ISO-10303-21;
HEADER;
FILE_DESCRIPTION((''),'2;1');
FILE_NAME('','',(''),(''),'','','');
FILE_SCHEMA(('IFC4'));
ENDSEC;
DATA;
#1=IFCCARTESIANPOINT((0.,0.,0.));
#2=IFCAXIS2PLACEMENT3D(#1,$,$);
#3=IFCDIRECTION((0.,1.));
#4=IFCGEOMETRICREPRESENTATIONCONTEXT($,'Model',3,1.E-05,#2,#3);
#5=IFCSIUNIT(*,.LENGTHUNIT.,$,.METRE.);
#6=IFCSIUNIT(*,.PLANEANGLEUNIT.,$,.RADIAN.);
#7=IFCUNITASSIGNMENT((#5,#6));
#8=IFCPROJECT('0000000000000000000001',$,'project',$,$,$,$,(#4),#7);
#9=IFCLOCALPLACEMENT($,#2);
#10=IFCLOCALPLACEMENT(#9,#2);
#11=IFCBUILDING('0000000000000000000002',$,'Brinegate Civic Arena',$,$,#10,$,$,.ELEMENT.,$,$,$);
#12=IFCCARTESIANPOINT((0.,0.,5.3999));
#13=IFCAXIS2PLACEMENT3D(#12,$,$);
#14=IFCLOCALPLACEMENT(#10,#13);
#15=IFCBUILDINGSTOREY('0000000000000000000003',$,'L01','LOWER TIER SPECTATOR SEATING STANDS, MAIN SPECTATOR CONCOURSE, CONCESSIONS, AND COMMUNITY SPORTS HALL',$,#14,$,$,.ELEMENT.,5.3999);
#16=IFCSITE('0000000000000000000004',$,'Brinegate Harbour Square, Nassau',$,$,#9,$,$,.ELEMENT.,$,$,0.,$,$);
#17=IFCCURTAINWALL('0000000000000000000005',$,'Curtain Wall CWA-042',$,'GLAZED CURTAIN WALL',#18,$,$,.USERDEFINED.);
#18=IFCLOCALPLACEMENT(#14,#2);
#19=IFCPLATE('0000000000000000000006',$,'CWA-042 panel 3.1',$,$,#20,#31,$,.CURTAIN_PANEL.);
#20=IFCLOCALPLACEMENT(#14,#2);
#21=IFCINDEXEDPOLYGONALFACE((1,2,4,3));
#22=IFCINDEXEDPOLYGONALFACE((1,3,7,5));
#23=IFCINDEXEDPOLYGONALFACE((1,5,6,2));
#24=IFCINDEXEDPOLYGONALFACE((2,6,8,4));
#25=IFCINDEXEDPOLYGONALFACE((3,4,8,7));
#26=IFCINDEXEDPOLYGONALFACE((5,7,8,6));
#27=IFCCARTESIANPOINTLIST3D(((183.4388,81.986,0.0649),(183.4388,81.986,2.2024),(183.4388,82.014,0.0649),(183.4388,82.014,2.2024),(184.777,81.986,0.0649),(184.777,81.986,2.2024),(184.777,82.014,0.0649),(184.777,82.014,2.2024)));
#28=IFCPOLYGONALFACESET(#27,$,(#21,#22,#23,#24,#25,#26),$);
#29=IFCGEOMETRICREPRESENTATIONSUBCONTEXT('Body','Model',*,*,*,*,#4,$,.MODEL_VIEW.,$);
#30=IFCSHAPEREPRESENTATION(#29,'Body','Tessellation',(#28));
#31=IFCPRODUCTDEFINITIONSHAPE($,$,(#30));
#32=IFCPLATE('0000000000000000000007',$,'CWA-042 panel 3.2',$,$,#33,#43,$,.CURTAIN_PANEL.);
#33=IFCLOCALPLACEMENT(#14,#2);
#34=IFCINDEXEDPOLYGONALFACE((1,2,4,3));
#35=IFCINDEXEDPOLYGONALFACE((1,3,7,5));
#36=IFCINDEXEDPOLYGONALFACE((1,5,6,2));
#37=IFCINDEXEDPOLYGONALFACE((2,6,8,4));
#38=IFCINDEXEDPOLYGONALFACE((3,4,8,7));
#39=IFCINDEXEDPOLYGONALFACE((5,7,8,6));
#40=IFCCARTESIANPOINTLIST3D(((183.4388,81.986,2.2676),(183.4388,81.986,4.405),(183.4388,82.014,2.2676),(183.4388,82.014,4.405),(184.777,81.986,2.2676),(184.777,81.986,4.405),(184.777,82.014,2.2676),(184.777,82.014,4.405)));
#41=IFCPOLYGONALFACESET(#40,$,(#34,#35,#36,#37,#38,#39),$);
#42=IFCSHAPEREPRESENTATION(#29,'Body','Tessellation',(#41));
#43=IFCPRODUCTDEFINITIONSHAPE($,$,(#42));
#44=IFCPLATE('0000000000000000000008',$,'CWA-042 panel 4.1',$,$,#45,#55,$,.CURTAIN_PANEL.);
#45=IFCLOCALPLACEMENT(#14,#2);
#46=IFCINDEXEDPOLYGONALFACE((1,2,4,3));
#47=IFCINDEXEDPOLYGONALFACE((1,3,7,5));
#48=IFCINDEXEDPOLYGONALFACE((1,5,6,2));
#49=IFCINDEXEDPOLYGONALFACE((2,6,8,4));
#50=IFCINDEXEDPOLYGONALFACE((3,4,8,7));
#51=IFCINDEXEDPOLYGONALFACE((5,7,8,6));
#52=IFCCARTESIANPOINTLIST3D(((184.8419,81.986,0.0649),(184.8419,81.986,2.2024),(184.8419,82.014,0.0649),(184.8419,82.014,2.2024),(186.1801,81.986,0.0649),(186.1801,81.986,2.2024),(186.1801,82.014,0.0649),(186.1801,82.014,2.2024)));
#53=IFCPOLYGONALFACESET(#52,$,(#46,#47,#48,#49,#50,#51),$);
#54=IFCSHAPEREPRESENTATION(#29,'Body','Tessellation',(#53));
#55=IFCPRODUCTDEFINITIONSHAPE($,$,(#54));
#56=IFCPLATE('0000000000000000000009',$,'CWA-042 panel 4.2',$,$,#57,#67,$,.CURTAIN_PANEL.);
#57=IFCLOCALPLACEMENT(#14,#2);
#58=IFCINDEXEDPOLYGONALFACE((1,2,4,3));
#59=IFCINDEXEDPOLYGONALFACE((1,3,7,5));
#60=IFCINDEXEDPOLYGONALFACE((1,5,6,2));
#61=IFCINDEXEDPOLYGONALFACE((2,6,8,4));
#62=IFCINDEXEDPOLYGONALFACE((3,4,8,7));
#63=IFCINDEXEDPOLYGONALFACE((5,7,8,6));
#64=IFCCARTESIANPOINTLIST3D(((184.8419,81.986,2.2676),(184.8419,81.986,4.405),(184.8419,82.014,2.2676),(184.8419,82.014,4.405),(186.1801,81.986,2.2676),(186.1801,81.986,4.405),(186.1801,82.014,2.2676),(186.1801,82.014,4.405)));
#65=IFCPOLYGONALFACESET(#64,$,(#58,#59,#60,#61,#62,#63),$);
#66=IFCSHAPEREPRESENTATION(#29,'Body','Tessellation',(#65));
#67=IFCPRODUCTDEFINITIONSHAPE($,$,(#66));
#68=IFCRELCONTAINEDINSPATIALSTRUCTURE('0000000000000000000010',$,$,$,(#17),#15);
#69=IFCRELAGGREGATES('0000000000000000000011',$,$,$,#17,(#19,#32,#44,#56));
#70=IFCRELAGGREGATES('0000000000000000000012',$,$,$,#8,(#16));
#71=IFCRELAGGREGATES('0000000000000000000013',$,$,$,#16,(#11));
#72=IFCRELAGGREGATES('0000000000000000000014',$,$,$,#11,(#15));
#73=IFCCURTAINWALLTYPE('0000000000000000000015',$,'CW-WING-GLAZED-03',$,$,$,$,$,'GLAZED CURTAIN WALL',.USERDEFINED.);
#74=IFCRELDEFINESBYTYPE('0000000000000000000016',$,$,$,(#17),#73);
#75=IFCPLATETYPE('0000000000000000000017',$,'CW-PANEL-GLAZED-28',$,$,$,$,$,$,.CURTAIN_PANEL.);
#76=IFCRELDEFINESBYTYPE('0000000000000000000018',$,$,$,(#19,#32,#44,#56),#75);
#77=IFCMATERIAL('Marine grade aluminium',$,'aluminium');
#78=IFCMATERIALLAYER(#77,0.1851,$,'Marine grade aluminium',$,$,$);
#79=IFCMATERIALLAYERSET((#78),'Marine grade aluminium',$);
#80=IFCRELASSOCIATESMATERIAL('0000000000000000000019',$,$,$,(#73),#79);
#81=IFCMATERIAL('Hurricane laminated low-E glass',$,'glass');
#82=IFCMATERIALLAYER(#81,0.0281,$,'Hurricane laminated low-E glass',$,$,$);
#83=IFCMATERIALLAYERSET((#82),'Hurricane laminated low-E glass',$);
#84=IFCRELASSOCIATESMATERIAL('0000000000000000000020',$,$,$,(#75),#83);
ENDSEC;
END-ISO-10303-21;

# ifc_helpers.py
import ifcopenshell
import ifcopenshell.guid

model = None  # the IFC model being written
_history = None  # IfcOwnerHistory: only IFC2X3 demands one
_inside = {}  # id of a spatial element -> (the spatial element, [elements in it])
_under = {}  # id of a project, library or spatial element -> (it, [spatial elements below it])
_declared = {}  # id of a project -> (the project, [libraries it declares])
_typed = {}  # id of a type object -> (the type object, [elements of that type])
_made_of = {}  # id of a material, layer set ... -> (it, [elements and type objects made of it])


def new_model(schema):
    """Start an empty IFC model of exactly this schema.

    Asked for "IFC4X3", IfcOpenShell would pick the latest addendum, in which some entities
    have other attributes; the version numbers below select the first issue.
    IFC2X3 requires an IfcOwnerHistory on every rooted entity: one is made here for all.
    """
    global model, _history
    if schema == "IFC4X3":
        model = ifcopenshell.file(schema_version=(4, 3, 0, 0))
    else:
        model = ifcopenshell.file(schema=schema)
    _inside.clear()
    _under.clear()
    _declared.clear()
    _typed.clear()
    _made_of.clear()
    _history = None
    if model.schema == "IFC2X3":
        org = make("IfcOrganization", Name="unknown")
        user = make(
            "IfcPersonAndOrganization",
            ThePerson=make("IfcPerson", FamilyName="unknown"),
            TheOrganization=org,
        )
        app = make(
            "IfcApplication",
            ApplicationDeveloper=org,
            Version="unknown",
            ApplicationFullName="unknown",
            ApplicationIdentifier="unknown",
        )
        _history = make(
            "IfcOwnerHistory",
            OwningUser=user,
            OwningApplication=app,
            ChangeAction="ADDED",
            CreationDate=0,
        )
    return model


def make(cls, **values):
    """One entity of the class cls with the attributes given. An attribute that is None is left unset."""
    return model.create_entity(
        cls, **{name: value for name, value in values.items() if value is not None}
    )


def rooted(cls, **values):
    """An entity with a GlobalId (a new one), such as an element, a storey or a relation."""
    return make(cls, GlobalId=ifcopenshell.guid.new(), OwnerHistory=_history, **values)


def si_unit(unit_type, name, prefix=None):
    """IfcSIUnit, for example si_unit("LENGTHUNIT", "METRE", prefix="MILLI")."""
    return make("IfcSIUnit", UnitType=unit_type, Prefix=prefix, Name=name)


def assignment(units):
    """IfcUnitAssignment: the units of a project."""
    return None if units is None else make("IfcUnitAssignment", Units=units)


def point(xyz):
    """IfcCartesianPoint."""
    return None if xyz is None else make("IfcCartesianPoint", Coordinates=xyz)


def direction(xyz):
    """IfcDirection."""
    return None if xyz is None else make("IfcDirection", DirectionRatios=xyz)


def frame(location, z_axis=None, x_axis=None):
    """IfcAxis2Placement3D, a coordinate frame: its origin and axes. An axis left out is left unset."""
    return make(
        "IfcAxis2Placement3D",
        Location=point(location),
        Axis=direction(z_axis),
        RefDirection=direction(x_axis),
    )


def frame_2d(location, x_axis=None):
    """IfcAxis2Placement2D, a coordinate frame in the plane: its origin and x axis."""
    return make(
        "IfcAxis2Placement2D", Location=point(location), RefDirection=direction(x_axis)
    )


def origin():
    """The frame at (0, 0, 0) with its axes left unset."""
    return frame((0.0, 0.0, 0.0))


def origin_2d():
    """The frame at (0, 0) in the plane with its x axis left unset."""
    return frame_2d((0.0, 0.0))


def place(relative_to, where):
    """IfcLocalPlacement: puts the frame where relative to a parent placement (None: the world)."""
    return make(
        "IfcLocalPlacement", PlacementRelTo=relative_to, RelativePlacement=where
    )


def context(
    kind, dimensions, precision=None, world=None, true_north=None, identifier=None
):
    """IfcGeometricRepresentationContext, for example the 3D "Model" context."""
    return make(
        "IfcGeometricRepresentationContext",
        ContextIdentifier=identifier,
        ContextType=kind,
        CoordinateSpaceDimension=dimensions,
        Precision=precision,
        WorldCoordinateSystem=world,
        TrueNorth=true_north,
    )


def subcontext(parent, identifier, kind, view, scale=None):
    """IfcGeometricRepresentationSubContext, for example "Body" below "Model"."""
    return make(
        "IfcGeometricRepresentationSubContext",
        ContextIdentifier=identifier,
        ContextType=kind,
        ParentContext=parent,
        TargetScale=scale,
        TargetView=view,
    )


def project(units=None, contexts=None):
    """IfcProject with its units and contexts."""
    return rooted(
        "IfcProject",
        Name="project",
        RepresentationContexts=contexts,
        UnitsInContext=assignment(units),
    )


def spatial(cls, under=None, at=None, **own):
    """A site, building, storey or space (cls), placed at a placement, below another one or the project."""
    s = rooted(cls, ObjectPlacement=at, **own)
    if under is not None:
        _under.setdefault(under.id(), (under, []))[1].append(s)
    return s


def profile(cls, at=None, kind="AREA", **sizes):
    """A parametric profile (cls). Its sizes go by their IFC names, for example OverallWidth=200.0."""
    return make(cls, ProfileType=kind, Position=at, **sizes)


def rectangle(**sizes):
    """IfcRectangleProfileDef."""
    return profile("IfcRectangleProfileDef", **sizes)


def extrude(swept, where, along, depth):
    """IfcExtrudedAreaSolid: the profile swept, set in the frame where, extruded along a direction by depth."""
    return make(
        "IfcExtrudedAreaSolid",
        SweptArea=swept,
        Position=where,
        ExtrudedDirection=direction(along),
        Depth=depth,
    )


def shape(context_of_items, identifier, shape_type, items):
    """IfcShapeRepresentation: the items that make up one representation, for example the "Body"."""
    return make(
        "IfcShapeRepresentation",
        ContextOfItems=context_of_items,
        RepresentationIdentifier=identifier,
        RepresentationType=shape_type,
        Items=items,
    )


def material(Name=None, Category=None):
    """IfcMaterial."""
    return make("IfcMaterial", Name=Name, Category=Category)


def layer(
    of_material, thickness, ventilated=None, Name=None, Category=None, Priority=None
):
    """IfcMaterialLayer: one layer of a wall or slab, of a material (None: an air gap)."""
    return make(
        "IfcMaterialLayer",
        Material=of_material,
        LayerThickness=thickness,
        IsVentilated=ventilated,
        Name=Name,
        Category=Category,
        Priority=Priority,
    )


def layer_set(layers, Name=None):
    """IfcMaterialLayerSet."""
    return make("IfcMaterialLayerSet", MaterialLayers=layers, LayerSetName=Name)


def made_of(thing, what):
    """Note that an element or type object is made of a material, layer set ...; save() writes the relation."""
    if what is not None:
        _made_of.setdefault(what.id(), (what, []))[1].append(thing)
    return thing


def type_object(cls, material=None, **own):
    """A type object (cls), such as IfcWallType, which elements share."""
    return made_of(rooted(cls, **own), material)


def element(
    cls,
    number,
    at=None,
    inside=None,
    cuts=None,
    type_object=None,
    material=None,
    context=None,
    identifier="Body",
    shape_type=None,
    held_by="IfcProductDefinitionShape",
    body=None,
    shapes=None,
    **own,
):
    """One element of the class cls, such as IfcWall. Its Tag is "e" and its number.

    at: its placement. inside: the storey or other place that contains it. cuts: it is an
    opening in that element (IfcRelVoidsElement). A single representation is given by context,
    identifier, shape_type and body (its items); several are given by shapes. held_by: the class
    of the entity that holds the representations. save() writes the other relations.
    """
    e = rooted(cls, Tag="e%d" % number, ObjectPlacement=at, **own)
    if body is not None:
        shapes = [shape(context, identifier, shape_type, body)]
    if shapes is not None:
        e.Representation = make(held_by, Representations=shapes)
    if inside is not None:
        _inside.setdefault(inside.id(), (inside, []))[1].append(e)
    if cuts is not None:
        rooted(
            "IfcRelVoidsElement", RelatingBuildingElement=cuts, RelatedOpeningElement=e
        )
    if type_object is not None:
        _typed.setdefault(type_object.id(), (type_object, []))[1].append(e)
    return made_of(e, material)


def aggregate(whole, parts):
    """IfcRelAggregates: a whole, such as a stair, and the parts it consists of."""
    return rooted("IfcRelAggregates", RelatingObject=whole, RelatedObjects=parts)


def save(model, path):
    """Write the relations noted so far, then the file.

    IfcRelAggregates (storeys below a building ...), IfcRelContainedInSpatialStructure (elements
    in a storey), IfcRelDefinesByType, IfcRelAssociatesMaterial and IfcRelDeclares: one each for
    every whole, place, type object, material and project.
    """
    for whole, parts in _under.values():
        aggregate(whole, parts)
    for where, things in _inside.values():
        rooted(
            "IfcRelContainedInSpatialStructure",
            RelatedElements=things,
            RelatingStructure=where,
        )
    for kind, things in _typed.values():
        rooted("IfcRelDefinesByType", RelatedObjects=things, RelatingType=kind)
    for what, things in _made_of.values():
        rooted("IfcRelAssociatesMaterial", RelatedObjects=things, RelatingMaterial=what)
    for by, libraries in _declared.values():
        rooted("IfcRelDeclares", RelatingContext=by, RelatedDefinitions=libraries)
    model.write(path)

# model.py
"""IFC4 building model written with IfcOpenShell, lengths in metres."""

from ifc_helpers import new_model, si_unit, direction, frame, origin, origin_2d, place, context, subcontext, project, spatial, rectangle, extrude, material, layer, layer_set, type_object, element, aggregate, save


model = new_model("IFC4")

# Units and contexts
model_context = context("Model", 3, precision=1e-05, world=origin(), true_north=direction((0.0, 1.0)))
body_context = subcontext(model_context, "Body", "Model", "MODEL_VIEW")
ifc_project = project(units=[si_unit("LENGTHUNIT", "METRE"), si_unit("PLANEANGLEUNIT", "RADIAN")], contexts=[model_context])

# Site, building, storey
site_placement = place(None, origin())
site = spatial("IfcSite", under=ifc_project, at=site_placement, Name="Brinegate Harbour Square, Nassau", CompositionType="ELEMENT", RefElevation=0.0)
building_placement = place(site_placement, origin())
building = spatial("IfcBuilding", under=site, at=building_placement, Name="Brinegate Civic Arena", CompositionType="ELEMENT")
storey_placement = place(building_placement, frame((0.0, 0.0, 5.3999)))
storey = spatial("IfcBuildingStorey", under=building, at=storey_placement, Name="L01", Description="LOWER TIER SPECTATOR SEATING STANDS, MAIN SPECTATOR CONCOURSE, CONCESSIONS, AND COMMUNITY SPORTS HALL", CompositionType="ELEMENT", Elevation=5.3999)

# Curtain wall, plates
ifc_material_1 = material(Name="Marine grade aluminium", Category="aluminium")
ifc_layer_1 = layer(ifc_material_1, 0.1851, Name="Marine grade aluminium")
ifc_layer_set_1 = layer_set([ifc_layer_1], Name="Marine grade aluminium")
curtain_wall_type = type_object("IfcCurtainWallType", Name="CW-WING-GLAZED-03", ElementType="GLAZED CURTAIN WALL", PredefinedType="USERDEFINED", material=ifc_layer_set_1)
curtain_wall_placement = place(storey_placement, origin())
curtain_wall = element("IfcCurtainWall", 1, at=curtain_wall_placement, inside=storey, type_object=curtain_wall_type, Name="Curtain Wall CWA-042", ObjectType="GLAZED CURTAIN WALL", PredefinedType="USERDEFINED")
ifc_material_2 = material(Name="Hurricane laminated low-E glass", Category="glass")
ifc_layer_2 = layer(ifc_material_2, 0.0281, Name="Hurricane laminated low-E glass")
ifc_layer_set_2 = layer_set([ifc_layer_2], Name="Hurricane laminated low-E glass")
plate_type = type_object("IfcPlateType", Name="CW-PANEL-GLAZED-28", PredefinedType="CURTAIN_PANEL", material=ifc_layer_set_2)
plate_1_placement = place(storey_placement, frame((184.1079, 82.0, 0.0649), z_axis=(0.0, 0.0, 1.0), x_axis=(1.0, 0.0, 0.0)))
plate_1 = element("IfcPlate", 2, at=plate_1_placement, type_object=plate_type, Name="CWA-042 panel 3.1", PredefinedType="CURTAIN_PANEL", context=body_context, shape_type="SweptSolid", body=[
    extrude(rectangle(XDim=1.3381, YDim=0.0281, at=origin_2d()), origin(), (0.0, 0.0, 1.0), 2.1375),
])
plate_2_placement = place(storey_placement, frame((184.1079, 82.0, 2.2676), z_axis=(0.0, 0.0, 1.0), x_axis=(1.0, 0.0, 0.0)))
plate_2 = element("IfcPlate", 3, at=plate_2_placement, type_object=plate_type, Name="CWA-042 panel 3.2", PredefinedType="CURTAIN_PANEL", context=body_context, shape_type="SweptSolid", body=[
    extrude(rectangle(XDim=1.3381, YDim=0.0281, at=origin_2d()), origin(), (0.0, 0.0, 1.0), 2.1375),
])
plate_3_placement = place(storey_placement, frame((185.511, 82.0, 0.0649), z_axis=(0.0, 0.0, 1.0), x_axis=(1.0, 0.0, 0.0)))
plate_3 = element("IfcPlate", 4, at=plate_3_placement, type_object=plate_type, Name="CWA-042 panel 4.1", PredefinedType="CURTAIN_PANEL", context=body_context, shape_type="SweptSolid", body=[
    extrude(rectangle(XDim=1.3381, YDim=0.0281, at=origin_2d()), origin(), (0.0, 0.0, 1.0), 2.1375),
])
plate_4_placement = place(storey_placement, frame((185.511, 82.0, 2.2676), z_axis=(0.0, 0.0, 1.0), x_axis=(1.0, 0.0, 0.0)))
plate_4 = element("IfcPlate", 5, at=plate_4_placement, type_object=plate_type, Name="CWA-042 panel 4.2", PredefinedType="CURTAIN_PANEL", context=body_context, shape_type="SweptSolid", body=[
    extrude(rectangle(XDim=1.3381, YDim=0.0281, at=origin_2d()), origin(), (0.0, 0.0, 1.0), 2.1375),
])
aggregate(curtain_wall, [plate_1, plate_2, plate_3, plate_4])

save(model, "model.ifc")
